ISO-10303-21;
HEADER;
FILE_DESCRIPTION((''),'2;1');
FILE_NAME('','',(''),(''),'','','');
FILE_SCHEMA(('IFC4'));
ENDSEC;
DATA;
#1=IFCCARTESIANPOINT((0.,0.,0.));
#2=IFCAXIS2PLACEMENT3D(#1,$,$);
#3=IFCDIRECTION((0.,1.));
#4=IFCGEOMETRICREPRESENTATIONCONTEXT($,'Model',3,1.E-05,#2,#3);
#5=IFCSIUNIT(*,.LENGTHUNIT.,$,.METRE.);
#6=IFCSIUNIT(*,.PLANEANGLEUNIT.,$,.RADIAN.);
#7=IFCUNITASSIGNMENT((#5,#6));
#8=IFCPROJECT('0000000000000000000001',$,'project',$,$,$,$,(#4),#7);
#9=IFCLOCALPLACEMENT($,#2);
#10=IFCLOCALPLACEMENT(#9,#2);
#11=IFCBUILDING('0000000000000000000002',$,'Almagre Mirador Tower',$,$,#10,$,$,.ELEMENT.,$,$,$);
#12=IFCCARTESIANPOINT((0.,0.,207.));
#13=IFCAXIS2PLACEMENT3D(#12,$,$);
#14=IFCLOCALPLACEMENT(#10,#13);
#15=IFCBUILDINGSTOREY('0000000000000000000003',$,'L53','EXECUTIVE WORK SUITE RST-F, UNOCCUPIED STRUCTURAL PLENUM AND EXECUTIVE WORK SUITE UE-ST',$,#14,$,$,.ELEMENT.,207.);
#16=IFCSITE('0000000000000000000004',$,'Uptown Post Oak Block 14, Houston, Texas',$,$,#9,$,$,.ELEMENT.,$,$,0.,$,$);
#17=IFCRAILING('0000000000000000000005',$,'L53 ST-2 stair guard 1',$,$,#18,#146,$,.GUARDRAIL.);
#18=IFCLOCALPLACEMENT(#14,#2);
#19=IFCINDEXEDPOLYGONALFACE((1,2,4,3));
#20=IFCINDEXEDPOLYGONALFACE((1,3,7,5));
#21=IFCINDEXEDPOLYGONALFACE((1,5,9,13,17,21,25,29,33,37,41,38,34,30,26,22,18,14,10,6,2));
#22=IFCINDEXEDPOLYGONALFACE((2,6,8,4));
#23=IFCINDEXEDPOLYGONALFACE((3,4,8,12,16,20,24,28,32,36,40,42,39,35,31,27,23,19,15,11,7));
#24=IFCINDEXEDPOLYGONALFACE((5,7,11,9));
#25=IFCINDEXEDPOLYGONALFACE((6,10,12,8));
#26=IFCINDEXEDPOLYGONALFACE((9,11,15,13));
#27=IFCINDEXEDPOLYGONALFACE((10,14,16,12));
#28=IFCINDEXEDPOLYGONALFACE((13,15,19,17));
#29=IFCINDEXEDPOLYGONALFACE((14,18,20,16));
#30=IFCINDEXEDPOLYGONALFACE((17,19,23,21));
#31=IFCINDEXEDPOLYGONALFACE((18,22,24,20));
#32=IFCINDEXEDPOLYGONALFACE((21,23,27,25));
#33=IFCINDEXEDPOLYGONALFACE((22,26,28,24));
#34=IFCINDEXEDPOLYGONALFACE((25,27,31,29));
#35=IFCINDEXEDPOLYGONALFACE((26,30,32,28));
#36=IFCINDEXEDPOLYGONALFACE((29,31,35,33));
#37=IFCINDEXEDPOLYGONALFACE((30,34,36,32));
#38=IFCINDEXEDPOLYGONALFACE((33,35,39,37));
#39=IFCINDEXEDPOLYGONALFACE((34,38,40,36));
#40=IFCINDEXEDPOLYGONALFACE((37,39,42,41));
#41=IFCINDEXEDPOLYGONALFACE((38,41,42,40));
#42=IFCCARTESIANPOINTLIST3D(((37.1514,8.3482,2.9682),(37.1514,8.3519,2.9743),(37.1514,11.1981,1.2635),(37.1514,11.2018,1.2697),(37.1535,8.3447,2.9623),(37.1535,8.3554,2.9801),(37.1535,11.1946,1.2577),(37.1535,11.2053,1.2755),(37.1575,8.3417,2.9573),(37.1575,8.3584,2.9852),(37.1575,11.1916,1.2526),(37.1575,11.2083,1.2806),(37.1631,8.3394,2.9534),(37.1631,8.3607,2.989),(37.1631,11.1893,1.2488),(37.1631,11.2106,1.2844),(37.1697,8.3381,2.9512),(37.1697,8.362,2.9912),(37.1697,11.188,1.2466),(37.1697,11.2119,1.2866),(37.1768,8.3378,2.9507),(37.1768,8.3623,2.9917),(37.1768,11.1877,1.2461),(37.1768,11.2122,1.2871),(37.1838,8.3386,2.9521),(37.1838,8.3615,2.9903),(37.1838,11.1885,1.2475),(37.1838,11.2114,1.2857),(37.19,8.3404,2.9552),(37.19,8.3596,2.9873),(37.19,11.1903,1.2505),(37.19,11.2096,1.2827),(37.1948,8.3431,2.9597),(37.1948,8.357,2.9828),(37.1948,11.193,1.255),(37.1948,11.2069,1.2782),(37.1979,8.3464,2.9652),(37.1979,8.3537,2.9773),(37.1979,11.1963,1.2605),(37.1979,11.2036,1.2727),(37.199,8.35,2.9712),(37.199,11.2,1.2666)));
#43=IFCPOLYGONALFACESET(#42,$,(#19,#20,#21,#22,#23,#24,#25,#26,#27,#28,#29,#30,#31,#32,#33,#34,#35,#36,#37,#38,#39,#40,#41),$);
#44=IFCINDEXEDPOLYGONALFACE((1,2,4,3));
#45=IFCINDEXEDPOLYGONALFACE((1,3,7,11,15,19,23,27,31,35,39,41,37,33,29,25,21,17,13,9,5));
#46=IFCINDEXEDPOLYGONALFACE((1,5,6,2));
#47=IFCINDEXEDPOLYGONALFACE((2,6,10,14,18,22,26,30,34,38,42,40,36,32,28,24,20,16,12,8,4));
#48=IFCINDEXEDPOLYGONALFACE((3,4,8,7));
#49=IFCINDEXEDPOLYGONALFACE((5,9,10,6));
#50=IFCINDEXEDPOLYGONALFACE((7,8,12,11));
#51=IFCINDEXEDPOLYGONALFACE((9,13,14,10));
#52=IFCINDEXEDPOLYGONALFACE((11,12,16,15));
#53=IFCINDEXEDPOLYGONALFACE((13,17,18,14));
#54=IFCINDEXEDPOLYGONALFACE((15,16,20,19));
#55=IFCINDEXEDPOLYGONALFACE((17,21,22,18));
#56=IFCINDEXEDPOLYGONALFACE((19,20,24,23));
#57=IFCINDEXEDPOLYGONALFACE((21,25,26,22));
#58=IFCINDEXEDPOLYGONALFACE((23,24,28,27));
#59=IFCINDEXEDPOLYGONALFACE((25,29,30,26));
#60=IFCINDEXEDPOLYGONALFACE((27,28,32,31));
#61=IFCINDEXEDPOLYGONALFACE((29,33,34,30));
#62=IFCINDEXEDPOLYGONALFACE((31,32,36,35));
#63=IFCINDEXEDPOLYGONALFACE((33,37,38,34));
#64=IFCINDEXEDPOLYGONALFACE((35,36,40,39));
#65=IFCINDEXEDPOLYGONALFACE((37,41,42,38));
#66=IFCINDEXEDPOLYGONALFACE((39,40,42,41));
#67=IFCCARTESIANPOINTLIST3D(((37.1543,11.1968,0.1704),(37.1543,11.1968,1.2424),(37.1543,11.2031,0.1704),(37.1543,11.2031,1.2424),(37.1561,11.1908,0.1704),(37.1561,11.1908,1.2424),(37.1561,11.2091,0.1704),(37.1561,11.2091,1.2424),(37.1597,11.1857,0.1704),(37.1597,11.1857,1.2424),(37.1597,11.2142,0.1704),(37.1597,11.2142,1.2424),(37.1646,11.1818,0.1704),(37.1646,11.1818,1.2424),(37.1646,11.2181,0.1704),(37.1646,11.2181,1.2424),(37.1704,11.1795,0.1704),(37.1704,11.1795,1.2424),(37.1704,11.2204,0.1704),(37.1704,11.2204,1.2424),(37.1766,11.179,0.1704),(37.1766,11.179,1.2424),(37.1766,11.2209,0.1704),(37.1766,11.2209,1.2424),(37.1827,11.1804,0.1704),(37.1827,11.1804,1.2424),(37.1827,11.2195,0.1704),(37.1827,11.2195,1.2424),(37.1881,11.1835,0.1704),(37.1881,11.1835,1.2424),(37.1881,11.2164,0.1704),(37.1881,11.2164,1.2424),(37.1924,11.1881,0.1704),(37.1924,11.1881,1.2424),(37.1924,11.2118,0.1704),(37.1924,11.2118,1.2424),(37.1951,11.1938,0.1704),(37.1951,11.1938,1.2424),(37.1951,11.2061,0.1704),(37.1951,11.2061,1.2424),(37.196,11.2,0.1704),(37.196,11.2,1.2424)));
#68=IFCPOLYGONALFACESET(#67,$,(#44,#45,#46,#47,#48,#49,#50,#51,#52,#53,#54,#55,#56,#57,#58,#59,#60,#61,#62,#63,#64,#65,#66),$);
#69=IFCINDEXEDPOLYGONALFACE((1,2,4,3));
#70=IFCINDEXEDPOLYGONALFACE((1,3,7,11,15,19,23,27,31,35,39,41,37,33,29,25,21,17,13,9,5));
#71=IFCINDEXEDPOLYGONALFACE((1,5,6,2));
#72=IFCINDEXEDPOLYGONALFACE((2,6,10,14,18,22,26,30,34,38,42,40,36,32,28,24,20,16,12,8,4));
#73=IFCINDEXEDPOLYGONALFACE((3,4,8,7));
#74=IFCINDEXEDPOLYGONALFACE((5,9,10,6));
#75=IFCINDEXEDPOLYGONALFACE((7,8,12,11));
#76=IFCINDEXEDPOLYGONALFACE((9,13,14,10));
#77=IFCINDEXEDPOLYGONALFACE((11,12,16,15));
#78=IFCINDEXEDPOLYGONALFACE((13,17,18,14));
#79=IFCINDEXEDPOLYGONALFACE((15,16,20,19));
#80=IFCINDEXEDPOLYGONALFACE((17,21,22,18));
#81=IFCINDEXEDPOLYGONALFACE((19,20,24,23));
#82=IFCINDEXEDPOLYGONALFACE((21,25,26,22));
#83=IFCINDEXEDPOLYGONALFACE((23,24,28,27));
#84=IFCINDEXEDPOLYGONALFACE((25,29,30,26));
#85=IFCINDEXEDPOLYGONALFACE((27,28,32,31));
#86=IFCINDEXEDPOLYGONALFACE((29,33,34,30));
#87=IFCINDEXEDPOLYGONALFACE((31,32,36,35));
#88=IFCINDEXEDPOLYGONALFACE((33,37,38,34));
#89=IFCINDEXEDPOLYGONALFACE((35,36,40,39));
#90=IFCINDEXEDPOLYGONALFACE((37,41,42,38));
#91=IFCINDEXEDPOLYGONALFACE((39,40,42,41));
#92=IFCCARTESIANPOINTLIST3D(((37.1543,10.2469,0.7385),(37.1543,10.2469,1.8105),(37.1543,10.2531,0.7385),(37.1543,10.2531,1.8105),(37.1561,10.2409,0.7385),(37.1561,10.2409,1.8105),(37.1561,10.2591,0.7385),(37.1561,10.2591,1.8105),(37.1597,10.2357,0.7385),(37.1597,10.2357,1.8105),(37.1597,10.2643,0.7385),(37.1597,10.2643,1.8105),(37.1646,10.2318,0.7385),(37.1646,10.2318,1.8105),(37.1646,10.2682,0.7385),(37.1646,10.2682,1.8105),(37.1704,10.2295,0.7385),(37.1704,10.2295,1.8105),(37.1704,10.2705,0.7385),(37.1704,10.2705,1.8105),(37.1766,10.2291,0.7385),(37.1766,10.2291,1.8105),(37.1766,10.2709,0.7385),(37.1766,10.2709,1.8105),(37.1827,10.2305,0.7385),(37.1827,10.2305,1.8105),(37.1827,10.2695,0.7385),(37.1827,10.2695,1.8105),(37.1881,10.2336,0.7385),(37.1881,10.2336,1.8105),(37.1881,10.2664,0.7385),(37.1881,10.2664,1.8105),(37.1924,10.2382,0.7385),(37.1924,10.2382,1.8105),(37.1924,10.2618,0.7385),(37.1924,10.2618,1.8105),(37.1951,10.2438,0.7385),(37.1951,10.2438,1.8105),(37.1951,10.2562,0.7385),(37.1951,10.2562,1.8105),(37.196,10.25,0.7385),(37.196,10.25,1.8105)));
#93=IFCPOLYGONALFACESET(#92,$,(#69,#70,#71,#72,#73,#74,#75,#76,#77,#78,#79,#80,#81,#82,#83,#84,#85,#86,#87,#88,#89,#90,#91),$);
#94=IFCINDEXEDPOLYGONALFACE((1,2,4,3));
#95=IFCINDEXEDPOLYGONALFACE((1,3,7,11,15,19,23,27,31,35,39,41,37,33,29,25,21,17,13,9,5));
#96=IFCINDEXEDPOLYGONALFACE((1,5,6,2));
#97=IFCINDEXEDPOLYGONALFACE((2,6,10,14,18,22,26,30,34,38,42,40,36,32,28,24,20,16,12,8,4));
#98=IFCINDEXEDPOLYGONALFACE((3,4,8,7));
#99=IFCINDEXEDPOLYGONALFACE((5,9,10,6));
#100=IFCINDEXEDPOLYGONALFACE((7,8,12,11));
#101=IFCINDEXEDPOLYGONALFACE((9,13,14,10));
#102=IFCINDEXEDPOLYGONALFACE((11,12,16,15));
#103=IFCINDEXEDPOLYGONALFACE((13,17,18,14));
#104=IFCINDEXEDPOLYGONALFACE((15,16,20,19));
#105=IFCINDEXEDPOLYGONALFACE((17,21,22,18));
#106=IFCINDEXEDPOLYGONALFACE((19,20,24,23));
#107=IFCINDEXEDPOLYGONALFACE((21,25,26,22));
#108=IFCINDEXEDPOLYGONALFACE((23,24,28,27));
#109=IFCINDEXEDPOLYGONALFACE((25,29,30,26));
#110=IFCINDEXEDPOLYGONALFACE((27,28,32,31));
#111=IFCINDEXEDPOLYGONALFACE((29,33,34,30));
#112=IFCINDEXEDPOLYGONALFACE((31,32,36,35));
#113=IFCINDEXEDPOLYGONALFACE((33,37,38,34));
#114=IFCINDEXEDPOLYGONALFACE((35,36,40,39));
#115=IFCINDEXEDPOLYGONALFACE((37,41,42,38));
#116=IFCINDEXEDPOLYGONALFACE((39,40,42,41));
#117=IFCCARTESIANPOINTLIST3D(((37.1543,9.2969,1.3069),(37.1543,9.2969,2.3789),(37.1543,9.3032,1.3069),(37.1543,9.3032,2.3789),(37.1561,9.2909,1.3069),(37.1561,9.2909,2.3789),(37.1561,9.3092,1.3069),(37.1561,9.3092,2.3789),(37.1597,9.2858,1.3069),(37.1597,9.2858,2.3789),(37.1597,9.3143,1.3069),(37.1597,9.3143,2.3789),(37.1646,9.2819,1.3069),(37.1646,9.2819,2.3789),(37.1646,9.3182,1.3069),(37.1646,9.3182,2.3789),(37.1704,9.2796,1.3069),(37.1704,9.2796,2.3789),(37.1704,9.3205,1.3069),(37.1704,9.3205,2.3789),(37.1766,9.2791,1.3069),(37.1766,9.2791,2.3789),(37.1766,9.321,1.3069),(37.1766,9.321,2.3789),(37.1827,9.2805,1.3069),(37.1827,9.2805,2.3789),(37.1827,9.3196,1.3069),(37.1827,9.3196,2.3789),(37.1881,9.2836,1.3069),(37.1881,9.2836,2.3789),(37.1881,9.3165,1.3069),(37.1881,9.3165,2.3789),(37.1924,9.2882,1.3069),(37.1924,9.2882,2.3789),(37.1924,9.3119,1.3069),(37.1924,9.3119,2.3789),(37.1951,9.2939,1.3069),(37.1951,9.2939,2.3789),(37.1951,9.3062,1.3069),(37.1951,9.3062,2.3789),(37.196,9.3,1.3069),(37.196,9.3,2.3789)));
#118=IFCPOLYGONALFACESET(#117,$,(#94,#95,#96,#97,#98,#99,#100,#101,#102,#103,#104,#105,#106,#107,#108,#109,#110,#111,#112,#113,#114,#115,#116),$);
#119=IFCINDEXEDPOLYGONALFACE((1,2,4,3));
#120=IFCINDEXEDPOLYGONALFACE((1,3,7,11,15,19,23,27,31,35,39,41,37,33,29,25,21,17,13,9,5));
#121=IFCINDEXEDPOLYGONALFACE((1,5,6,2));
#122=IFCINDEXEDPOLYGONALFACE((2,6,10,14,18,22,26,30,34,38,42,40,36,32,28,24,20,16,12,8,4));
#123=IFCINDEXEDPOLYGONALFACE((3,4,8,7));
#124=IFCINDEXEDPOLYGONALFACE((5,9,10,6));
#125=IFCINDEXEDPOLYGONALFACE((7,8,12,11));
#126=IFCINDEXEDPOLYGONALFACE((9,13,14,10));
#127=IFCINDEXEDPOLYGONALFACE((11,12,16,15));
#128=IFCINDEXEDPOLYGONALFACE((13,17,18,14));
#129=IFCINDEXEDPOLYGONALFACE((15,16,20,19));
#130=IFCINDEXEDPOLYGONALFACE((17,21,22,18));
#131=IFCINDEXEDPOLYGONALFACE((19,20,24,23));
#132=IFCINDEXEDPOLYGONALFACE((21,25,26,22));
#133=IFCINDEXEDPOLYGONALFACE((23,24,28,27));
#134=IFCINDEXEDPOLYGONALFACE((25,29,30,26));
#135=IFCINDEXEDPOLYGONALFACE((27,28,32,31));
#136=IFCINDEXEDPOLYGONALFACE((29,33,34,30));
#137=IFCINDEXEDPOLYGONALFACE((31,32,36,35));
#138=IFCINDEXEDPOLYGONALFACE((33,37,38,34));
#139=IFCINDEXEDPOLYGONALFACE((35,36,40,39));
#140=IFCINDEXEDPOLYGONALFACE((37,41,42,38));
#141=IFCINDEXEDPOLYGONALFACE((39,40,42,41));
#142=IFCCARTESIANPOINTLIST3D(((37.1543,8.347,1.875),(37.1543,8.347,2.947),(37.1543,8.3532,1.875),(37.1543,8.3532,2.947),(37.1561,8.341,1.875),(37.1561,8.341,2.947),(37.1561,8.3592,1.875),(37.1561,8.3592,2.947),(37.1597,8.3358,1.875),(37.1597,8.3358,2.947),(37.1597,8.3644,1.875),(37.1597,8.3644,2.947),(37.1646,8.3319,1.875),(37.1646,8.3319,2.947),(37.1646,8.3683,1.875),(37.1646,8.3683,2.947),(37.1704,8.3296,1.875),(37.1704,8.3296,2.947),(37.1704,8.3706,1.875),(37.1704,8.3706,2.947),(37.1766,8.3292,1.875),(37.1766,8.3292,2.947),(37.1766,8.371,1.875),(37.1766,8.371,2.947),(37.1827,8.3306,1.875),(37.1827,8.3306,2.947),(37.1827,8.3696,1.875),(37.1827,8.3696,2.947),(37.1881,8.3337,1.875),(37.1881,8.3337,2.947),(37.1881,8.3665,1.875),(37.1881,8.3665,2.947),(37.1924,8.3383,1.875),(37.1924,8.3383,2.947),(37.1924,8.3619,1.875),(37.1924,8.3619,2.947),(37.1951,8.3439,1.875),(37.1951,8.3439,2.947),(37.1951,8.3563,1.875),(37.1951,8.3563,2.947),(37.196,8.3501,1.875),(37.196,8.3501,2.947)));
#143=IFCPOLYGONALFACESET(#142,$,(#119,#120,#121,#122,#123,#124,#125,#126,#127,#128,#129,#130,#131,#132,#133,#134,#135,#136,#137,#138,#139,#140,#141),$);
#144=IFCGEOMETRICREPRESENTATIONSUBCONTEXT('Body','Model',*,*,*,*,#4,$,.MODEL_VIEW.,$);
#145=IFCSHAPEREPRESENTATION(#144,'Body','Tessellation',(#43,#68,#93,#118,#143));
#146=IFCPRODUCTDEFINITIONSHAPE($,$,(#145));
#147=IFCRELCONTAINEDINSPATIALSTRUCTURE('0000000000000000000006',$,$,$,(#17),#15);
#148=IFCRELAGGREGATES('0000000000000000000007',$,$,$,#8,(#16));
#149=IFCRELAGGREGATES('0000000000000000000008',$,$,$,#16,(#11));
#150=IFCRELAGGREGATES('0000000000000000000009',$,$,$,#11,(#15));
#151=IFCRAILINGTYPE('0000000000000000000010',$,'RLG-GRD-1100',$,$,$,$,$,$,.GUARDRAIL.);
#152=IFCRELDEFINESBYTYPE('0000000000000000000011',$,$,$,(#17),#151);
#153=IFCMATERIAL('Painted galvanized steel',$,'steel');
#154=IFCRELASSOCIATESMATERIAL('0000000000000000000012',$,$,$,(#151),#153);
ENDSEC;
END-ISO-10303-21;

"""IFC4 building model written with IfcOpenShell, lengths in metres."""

from ifc_helpers import new_model, si_unit, direction, frame, origin, origin_2d, place, context, subcontext, project, spatial, circle, extrude, material, type_object, element, save


model = new_model("IFC4")

# Units and contexts
model_context = context("Model", 3, precision=1e-05, world=origin(), true_north=direction((0.0, 1.0)))
body_context = subcontext(model_context, "Body", "Model", "MODEL_VIEW")
ifc_project = project(units=[si_unit("LENGTHUNIT", "METRE"), si_unit("PLANEANGLEUNIT", "RADIAN")], contexts=[model_context])

# Site, building, storey
site_placement = place(None, origin())
site = spatial("IfcSite", under=ifc_project, at=site_placement, Name="Uptown Post Oak Block 14, Houston, Texas", CompositionType="ELEMENT", RefElevation=0.0)
building_placement = place(site_placement, origin())
building = spatial("IfcBuilding", under=site, at=building_placement, Name="Almagre Mirador Tower", CompositionType="ELEMENT")
storey_placement = place(building_placement, frame((0.0, 0.0, 207.0)))
storey = spatial("IfcBuildingStorey", under=building, at=storey_placement, Name="L53", Description="EXECUTIVE WORK SUITE RST-F, UNOCCUPIED STRUCTURAL PLENUM AND EXECUTIVE WORK SUITE UE-ST", CompositionType="ELEMENT", Elevation=207.0)

# Railing
ifc_material_1 = material(Name="Painted galvanized steel", Category="steel")
railing_type_1 = type_object("IfcRailingType", Name="RLG-GRD-1100", PredefinedType="GUARDRAIL", material=ifc_material_1)
railing_1_placement = place(storey_placement, frame((37.175, 11.2, 0.1704)))
element("IfcRailing", 1, at=railing_1_placement, inside=storey, type_object=railing_type_1, Name="L53 ST-2 stair guard 1", PredefinedType="GUARDRAIL", context=body_context, shape_type="SweptSolid", body=[
    extrude(circle(Radius=0.0239, at=origin_2d()), frame((0.0, 0.0, 1.0962), z_axis=(0.0, -0.858199, 0.513317), x_axis=(1.0, 0.0, 0.0)), (0.0, 0.0, 1.0), 3.3208),
    extrude(circle(Radius=0.021, at=origin_2d()), origin(), (0.0, 0.0, 1.0), 1.072),
    extrude(circle(Radius=0.021, at=origin_2d()), frame((0.0, -0.95, 0.5681)), (0.0, 0.0, 1.0), 1.072),
    extrude(circle(Radius=0.021, at=origin_2d()), frame((0.0, -1.8999, 1.1365)), (0.0, 0.0, 1.0), 1.072),
    extrude(circle(Radius=0.021, at=origin_2d()), frame((0.0, -2.8499, 1.7046)), (0.0, 0.0, 1.0), 1.072),
])

save(model, "model.ifc")
